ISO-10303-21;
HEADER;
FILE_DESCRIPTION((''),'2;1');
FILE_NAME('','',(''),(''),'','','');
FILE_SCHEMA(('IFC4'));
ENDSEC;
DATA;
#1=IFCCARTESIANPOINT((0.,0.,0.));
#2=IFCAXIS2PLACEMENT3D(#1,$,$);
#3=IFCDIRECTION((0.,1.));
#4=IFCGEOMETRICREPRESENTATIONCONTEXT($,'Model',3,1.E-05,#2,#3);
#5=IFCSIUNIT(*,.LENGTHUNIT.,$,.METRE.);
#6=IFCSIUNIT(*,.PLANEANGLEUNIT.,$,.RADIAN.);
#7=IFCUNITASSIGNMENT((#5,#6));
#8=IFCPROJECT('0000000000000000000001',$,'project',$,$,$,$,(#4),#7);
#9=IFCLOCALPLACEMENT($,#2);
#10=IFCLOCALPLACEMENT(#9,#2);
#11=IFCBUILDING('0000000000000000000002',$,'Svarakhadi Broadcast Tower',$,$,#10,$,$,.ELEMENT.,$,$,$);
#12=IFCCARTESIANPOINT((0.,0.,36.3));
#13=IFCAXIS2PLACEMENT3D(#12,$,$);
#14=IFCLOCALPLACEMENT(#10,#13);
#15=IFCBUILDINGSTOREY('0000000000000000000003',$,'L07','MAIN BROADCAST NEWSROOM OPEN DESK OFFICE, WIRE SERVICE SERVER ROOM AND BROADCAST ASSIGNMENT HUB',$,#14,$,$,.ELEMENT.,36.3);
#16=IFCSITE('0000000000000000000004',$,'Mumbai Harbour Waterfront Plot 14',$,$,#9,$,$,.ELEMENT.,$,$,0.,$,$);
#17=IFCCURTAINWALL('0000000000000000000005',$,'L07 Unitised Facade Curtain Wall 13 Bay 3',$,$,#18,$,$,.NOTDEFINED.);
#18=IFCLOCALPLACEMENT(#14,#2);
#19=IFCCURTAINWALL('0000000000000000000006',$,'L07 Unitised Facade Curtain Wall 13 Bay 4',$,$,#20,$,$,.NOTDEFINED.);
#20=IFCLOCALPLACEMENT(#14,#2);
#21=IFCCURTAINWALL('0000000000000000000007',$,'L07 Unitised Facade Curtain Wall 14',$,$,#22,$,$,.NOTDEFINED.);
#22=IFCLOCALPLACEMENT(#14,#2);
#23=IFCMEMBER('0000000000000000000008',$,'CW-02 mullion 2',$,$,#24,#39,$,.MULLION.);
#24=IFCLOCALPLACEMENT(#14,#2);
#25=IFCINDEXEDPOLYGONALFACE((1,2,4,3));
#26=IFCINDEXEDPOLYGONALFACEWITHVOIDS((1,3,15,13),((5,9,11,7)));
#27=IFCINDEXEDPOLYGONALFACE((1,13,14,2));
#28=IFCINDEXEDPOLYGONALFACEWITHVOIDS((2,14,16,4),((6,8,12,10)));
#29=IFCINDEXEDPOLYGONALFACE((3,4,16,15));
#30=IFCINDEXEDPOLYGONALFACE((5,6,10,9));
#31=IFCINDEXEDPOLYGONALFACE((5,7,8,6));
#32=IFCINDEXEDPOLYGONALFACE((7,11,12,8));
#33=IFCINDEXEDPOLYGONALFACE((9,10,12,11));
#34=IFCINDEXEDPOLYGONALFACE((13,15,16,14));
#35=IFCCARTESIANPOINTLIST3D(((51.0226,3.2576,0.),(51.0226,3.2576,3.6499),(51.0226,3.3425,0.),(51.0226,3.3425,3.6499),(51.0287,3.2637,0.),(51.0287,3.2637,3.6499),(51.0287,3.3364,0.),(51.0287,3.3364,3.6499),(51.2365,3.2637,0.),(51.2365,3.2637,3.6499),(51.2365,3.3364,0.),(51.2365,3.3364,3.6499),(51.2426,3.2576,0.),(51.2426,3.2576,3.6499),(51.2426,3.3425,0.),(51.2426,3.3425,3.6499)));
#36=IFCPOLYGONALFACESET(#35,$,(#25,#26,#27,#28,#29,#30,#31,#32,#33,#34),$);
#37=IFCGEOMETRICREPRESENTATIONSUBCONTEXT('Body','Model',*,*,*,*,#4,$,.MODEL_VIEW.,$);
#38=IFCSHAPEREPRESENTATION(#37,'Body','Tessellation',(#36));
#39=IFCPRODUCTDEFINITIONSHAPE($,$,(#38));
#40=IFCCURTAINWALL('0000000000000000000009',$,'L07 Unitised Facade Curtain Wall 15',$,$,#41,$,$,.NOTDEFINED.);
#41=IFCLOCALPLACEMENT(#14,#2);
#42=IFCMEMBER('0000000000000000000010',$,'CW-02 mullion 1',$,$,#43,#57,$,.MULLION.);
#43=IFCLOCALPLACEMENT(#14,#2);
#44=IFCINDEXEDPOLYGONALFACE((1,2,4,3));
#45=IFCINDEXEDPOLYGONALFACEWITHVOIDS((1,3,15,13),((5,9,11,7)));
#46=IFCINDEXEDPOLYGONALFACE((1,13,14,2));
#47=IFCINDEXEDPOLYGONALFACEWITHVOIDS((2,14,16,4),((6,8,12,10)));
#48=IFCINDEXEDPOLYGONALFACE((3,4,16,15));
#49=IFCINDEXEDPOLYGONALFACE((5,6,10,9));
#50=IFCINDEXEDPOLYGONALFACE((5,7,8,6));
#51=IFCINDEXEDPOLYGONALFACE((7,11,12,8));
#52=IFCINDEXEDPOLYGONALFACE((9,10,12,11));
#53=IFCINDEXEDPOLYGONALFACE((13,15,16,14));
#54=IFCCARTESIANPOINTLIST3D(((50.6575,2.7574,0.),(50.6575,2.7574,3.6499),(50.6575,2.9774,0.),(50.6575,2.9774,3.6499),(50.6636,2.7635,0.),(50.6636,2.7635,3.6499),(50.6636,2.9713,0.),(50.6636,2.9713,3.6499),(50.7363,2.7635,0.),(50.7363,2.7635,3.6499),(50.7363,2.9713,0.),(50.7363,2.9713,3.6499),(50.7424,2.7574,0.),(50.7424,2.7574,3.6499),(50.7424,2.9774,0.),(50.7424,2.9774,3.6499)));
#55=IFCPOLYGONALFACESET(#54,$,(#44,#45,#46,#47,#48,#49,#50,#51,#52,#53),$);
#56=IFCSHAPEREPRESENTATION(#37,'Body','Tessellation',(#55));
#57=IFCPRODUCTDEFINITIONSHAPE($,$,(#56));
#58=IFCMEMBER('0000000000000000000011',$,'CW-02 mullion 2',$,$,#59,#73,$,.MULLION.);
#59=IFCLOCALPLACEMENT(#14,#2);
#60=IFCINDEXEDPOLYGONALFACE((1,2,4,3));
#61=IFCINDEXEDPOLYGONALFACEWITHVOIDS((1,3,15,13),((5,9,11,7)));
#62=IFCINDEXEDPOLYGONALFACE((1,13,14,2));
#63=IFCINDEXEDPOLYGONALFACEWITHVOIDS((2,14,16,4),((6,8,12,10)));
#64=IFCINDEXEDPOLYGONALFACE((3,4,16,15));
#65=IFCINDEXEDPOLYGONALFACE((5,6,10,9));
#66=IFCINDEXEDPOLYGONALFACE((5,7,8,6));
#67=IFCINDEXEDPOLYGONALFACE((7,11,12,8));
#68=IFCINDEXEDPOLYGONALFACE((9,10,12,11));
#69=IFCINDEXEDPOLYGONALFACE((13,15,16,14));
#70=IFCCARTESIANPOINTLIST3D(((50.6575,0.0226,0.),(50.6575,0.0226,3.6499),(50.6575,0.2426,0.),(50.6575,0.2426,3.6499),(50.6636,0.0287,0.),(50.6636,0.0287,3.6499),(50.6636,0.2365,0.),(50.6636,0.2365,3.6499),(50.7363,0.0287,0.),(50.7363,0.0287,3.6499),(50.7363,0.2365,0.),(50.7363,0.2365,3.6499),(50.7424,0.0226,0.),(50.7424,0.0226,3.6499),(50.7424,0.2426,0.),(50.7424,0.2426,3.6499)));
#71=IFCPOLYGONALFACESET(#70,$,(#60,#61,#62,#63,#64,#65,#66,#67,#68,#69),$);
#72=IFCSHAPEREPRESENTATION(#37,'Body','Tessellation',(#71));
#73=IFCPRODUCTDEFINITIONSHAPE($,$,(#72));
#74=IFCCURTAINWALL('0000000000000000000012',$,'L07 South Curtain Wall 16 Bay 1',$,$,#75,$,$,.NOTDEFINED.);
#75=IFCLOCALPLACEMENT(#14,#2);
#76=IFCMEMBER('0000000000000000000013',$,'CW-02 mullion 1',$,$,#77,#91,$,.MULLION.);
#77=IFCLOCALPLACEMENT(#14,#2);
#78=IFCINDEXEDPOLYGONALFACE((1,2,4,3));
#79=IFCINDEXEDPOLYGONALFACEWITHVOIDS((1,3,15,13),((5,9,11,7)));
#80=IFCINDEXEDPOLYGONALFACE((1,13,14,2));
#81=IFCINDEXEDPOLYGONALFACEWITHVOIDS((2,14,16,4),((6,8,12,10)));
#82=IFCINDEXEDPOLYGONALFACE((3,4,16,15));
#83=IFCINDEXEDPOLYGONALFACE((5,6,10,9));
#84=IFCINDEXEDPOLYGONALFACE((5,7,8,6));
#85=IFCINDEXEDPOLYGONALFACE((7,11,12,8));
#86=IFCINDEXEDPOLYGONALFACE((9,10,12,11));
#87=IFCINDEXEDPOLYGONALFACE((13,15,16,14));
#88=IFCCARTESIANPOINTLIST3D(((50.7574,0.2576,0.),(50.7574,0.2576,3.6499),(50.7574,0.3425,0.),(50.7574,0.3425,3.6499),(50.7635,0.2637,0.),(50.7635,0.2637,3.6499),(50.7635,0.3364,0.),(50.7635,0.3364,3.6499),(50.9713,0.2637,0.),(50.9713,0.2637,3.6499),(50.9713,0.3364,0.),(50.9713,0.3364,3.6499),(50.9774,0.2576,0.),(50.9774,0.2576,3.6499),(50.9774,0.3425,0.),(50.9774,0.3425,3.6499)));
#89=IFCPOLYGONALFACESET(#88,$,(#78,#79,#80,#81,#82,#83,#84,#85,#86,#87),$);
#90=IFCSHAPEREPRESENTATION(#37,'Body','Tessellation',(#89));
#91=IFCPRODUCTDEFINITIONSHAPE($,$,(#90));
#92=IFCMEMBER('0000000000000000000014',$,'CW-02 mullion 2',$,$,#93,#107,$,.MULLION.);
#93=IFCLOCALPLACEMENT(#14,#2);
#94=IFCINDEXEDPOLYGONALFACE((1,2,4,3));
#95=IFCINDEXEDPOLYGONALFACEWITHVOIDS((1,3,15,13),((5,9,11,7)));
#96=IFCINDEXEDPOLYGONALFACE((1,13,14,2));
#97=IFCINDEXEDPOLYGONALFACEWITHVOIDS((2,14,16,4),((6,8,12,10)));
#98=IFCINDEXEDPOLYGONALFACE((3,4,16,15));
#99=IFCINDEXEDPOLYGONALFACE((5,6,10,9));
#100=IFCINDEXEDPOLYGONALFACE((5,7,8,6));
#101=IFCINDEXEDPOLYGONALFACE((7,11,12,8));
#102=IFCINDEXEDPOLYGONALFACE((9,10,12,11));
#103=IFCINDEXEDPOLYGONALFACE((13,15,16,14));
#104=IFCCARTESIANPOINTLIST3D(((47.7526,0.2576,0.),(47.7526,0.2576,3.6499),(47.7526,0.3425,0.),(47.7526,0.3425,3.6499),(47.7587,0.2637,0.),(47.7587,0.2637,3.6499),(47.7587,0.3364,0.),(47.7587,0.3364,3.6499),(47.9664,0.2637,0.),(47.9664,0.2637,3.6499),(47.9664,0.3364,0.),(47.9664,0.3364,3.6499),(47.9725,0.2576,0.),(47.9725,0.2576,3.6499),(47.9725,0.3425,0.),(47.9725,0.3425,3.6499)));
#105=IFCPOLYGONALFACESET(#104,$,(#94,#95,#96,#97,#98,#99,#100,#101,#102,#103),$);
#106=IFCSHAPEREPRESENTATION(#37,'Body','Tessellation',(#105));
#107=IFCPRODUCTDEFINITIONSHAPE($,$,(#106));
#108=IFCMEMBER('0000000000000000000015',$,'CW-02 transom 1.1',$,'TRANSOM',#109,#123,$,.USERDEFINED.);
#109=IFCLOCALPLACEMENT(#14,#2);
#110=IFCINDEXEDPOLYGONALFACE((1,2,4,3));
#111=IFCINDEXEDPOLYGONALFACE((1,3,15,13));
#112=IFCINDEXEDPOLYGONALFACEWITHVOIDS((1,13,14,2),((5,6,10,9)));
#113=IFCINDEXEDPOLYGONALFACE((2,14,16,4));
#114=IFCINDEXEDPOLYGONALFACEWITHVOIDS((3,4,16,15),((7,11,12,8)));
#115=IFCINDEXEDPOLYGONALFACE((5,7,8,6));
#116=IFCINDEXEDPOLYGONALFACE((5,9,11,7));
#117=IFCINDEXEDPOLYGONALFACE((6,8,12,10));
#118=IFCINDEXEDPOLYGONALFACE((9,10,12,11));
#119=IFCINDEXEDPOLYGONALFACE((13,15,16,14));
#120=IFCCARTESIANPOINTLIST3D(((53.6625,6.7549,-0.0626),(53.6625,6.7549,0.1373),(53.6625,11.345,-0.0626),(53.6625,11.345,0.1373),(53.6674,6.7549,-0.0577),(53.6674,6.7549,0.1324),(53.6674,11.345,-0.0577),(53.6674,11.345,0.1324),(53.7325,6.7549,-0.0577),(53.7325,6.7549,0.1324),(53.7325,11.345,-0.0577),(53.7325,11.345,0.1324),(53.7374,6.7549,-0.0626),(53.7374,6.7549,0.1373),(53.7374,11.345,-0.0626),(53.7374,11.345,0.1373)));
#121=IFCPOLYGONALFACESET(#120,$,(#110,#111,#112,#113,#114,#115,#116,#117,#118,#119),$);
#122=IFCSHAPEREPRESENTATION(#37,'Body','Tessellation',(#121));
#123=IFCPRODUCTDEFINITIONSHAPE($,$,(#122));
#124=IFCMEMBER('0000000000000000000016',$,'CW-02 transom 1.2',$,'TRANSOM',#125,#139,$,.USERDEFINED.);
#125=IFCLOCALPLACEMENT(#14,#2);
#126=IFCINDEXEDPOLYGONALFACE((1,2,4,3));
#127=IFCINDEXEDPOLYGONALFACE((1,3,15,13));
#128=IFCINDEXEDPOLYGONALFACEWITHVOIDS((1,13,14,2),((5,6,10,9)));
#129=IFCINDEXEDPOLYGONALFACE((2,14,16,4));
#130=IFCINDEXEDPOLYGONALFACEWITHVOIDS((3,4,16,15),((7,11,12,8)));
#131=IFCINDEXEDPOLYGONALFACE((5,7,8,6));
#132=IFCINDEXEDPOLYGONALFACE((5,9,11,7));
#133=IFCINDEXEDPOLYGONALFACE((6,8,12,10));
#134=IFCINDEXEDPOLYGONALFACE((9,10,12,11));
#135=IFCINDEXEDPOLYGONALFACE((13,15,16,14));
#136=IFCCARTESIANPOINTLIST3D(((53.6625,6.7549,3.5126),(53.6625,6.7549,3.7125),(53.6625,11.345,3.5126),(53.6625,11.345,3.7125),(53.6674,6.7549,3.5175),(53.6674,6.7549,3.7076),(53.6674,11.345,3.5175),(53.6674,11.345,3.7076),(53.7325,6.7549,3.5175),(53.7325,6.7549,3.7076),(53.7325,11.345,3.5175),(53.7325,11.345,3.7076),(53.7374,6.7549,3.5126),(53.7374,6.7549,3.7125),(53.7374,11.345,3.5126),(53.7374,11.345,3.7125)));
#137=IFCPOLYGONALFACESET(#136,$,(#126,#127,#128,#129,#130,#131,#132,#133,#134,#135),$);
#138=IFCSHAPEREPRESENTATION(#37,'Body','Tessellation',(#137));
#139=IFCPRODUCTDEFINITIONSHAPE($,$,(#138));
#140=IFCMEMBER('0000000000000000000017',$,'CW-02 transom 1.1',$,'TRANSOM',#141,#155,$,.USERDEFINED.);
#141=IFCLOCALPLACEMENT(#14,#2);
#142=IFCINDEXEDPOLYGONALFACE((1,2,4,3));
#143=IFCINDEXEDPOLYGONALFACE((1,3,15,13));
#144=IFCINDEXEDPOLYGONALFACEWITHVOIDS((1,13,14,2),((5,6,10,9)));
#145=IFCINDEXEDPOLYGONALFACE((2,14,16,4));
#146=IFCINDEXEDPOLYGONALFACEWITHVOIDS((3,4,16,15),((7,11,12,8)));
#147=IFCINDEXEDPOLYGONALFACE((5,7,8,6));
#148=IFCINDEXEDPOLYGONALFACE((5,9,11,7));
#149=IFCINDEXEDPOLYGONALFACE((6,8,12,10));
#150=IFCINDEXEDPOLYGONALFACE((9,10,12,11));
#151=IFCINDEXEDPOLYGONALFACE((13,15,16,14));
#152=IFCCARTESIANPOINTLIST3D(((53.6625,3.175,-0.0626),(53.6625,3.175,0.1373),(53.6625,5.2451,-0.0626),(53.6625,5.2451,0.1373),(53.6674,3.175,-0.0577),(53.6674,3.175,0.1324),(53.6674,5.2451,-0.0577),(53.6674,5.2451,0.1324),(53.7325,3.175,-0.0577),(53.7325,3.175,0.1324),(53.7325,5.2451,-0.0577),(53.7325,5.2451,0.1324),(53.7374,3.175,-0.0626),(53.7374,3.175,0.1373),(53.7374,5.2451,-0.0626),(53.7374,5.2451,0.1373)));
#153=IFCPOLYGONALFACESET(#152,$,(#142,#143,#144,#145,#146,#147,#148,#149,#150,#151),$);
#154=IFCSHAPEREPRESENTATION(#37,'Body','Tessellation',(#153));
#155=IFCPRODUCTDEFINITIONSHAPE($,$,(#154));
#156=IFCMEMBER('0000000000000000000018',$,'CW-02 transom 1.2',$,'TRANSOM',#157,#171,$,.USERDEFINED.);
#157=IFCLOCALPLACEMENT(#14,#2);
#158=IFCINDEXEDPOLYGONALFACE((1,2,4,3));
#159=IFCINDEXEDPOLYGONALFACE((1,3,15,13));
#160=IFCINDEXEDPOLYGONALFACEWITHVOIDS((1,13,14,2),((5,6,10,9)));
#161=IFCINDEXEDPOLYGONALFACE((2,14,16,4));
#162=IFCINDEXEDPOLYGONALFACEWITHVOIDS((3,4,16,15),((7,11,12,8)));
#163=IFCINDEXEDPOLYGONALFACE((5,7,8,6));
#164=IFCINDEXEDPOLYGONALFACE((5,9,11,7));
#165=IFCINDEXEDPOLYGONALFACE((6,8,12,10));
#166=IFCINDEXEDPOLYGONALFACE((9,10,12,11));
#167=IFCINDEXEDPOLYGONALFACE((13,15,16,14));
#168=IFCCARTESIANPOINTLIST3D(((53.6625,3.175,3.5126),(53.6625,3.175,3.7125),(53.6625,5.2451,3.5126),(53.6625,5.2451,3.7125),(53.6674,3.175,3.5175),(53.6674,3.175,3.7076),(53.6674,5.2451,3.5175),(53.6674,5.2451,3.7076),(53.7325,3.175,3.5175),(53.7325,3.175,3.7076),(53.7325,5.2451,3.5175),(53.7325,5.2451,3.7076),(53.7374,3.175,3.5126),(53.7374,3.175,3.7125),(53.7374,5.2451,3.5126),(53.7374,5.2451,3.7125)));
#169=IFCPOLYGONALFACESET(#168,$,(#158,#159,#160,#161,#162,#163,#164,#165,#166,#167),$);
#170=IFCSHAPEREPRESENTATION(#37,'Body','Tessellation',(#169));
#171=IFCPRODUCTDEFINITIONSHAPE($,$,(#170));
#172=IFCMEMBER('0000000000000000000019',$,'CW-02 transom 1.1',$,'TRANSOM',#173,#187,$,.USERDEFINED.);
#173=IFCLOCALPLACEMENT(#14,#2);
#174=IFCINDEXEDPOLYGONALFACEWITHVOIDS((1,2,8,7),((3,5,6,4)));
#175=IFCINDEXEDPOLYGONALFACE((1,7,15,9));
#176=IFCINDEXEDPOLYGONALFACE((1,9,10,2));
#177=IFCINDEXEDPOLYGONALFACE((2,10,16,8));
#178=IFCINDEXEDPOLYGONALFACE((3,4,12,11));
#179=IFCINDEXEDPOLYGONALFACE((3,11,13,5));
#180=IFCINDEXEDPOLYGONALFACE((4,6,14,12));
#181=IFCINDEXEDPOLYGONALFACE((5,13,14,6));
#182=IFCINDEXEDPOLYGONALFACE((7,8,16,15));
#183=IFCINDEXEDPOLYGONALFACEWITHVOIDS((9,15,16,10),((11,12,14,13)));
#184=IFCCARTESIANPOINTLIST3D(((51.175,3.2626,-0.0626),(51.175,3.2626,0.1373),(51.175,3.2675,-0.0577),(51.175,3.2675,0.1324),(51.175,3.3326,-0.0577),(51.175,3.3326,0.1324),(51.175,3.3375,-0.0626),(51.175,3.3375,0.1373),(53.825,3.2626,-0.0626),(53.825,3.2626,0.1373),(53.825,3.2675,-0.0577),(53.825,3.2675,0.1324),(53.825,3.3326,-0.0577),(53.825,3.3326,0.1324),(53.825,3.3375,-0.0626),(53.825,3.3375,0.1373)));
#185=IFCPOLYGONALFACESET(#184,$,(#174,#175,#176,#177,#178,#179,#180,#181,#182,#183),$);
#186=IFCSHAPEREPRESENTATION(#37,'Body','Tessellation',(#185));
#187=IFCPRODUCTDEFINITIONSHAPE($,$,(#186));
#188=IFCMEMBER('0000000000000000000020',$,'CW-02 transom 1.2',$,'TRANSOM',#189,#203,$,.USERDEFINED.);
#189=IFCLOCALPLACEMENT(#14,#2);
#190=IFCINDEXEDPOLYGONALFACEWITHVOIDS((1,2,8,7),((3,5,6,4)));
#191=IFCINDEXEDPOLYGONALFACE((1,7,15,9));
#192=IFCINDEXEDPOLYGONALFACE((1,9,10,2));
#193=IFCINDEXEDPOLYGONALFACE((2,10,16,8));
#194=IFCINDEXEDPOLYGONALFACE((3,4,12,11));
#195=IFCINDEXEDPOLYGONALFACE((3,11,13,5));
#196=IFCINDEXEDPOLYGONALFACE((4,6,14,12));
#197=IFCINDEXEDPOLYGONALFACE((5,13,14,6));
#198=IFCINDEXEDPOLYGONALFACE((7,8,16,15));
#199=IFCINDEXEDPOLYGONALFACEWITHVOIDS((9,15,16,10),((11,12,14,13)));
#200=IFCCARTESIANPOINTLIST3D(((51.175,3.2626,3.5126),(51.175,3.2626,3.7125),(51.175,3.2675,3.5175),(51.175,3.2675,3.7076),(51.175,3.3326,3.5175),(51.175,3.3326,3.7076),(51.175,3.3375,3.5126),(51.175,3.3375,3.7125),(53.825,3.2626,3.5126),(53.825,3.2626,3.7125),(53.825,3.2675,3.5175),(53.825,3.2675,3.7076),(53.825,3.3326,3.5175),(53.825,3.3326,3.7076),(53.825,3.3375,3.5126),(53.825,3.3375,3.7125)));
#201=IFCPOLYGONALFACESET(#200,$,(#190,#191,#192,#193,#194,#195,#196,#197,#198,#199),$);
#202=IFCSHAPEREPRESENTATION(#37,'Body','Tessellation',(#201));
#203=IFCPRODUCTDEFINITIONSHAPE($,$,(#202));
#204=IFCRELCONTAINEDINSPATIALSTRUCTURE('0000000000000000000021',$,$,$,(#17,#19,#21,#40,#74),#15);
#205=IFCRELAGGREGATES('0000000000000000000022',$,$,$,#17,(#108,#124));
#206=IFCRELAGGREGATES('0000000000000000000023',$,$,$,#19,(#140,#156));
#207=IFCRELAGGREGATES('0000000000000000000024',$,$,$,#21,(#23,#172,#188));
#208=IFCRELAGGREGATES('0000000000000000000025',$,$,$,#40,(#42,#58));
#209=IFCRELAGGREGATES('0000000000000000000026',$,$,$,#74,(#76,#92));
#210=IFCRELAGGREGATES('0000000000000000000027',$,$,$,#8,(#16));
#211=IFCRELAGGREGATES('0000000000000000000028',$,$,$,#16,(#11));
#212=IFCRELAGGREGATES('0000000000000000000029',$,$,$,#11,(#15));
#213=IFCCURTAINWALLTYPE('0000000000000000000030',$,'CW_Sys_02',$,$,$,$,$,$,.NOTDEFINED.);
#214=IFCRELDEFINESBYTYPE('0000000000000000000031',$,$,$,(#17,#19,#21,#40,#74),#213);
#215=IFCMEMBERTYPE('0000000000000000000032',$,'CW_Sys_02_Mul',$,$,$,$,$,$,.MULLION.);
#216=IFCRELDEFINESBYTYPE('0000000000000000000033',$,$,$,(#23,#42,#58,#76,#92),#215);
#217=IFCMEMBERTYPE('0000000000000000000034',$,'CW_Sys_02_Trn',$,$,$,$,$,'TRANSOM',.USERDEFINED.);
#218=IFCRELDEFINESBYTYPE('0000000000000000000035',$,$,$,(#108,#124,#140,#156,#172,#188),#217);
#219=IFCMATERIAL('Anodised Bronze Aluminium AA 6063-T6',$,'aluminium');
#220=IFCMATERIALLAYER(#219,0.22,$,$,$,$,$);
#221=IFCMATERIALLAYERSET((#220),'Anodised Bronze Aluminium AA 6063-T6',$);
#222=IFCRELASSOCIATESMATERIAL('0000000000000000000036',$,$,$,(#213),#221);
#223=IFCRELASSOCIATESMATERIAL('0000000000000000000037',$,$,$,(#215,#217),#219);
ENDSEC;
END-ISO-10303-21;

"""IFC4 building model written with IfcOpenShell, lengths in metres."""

from ifc_helpers import new_model, si_unit, direction, frame, origin, origin_2d, place, context, subcontext, project, spatial, hollow_rectangle, extrude, material, layer, layer_set, material_profile, profile_set, type_object, element, aggregate, save


model = new_model("IFC4")

# Units and contexts
model_context = context("Model", 3, precision=1e-05, world=origin(), true_north=direction((0.0, 1.0)))
body_context = subcontext(model_context, "Body", "Model", "MODEL_VIEW")
ifc_project = project(units=[si_unit("LENGTHUNIT", "METRE"), si_unit("PLANEANGLEUNIT", "RADIAN")], contexts=[model_context])

# Site, building, storey
site_placement = place(None, origin())
site = spatial("IfcSite", under=ifc_project, at=site_placement, Name="Mumbai Harbour Waterfront Plot 14", CompositionType="ELEMENT", RefElevation=0.0)
building_placement = place(site_placement, origin())
building = spatial("IfcBuilding", under=site, at=building_placement, Name="Svarakhadi Broadcast Tower", CompositionType="ELEMENT")
storey_placement = place(building_placement, frame((0.0, 0.0, 36.3)))
storey = spatial("IfcBuildingStorey", under=building, at=storey_placement, Name="L07", Description="MAIN BROADCAST NEWSROOM OPEN DESK OFFICE, WIRE SERVICE SERVER ROOM AND BROADCAST ASSIGNMENT HUB", CompositionType="ELEMENT", Elevation=36.3)

# Curtain walls, members
ifc_material_1 = material(Name="Anodised Bronze Aluminium AA 6063-T6", Category="aluminium")
ifc_layer_1 = layer(ifc_material_1, 0.22)
ifc_layer_set_1 = layer_set([ifc_layer_1], Name="Anodised Bronze Aluminium AA 6063-T6")
curtain_wall_type = type_object("IfcCurtainWallType", Name="CW_Sys_02", PredefinedType="NOTDEFINED", material=ifc_layer_set_1)
curtain_wall_1_placement = place(storey_placement, origin())
curtain_wall_1 = element("IfcCurtainWall", 1, at=curtain_wall_1_placement, inside=storey, type_object=curtain_wall_type, Name="L07 Unitised Facade Curtain Wall 13 Bay 3", PredefinedType="NOTDEFINED")
ifc_material_profile_1 = material_profile(ifc_material_1, hollow_rectangle(XDim=0.085, YDim=0.22, WallThickness=0.0061, at=origin_2d()), Name="ALU MULLION 220x85x6")
ifc_profile_set_1 = profile_set([ifc_material_profile_1], Name="Anodised Bronze Aluminium AA 6063-T6")
member_type_1 = type_object("IfcMemberType", Name="CW_Sys_02_Mul", PredefinedType="MULLION", material=ifc_profile_set_1)
curtain_wall_2_placement = place(storey_placement, origin())
curtain_wall_2 = element("IfcCurtainWall", 2, at=curtain_wall_2_placement, inside=storey, type_object=curtain_wall_type, Name="L07 Unitised Facade Curtain Wall 13 Bay 4", PredefinedType="NOTDEFINED")
curtain_wall_3_placement = place(storey_placement, origin())
curtain_wall_3 = element("IfcCurtainWall", 3, at=curtain_wall_3_placement, inside=storey, type_object=curtain_wall_type, Name="L07 Unitised Facade Curtain Wall 14", PredefinedType="NOTDEFINED")
member_1_placement = place(storey_placement, frame((51.1326, 3.3, 0.0), z_axis=(0.0, 0.0, 1.0), x_axis=(0.0, -1.0, 0.0)))
member_1 = element("IfcMember", 4, at=member_1_placement, type_object=member_type_1, Name="CW-02 mullion 2", PredefinedType="MULLION", context=body_context, shape_type="SweptSolid", body=[
    extrude(hollow_rectangle(XDim=0.085, YDim=0.22, WallThickness=0.0061, at=origin_2d()), origin(), (0.0, 0.0, 1.0), 3.6499),
])
curtain_wall_4_placement = place(storey_placement, origin())
curtain_wall_4 = element("IfcCurtainWall", 5, at=curtain_wall_4_placement, inside=storey, type_object=curtain_wall_type, Name="L07 Unitised Facade Curtain Wall 15", PredefinedType="NOTDEFINED")
member_2_placement = place(storey_placement, frame((50.7, 2.8674, 0.0), z_axis=(0.0, 0.0, 1.0), x_axis=(1.0, 0.0, 0.0)))
member_2 = element("IfcMember", 6, at=member_2_placement, type_object=member_type_1, Name="CW-02 mullion 1", PredefinedType="MULLION", context=body_context, shape_type="SweptSolid", body=[
    extrude(hollow_rectangle(XDim=0.085, YDim=0.22, WallThickness=0.0061, at=origin_2d()), origin(), (0.0, 0.0, 1.0), 3.6499),
])
member_3_placement = place(storey_placement, frame((50.7, 0.1326, 0.0), z_axis=(0.0, 0.0, 1.0), x_axis=(1.0, 0.0, 0.0)))
member_3 = element("IfcMember", 7, at=member_3_placement, type_object=member_type_1, Name="CW-02 mullion 2", PredefinedType="MULLION", context=body_context, shape_type="SweptSolid", body=[
    extrude(hollow_rectangle(XDim=0.085, YDim=0.22, WallThickness=0.0061, at=origin_2d()), origin(), (0.0, 0.0, 1.0), 3.6499),
])
curtain_wall_5_placement = place(storey_placement, origin())
curtain_wall_5 = element("IfcCurtainWall", 8, at=curtain_wall_5_placement, inside=storey, type_object=curtain_wall_type, Name="L07 South Curtain Wall 16 Bay 1", PredefinedType="NOTDEFINED")
member_4_placement = place(storey_placement, frame((50.8674, 0.3, 0.0), z_axis=(0.0, 0.0, 1.0), x_axis=(0.0, -1.0, 0.0)))
member_4 = element("IfcMember", 9, at=member_4_placement, type_object=member_type_1, Name="CW-02 mullion 1", PredefinedType="MULLION", context=body_context, shape_type="SweptSolid", body=[
    extrude(hollow_rectangle(XDim=0.085, YDim=0.22, WallThickness=0.0061, at=origin_2d()), origin(), (0.0, 0.0, 1.0), 3.6499),
])
member_5_placement = place(storey_placement, frame((47.8625, 0.3, 0.0), z_axis=(0.0, 0.0, 1.0), x_axis=(0.0, -1.0, 0.0)))
member_5 = element("IfcMember", 10, at=member_5_placement, type_object=member_type_1, Name="CW-02 mullion 2", PredefinedType="MULLION", context=body_context, shape_type="SweptSolid", body=[
    extrude(hollow_rectangle(XDim=0.085, YDim=0.22, WallThickness=0.0061, at=origin_2d()), origin(), (0.0, 0.0, 1.0), 3.6499),
])

# Members
ifc_material_profile_2 = material_profile(ifc_material_1, hollow_rectangle(XDim=0.075, YDim=0.2, WallThickness=0.0049, at=origin_2d()), Name="ALU TRANSOM 200x75x5")
ifc_profile_set_2 = profile_set([ifc_material_profile_2], Name="Anodised Bronze Aluminium AA 6063-T6")
member_type_2 = type_object("IfcMemberType", Name="CW_Sys_02_Trn", ElementType="TRANSOM", PredefinedType="USERDEFINED", material=ifc_profile_set_2)
member_6_placement = place(storey_placement, frame((53.7, 11.345, 0.0374), z_axis=(0.0, -1.0, 0.0), x_axis=(1.0, 0.0, 0.0)))
member_6 = element("IfcMember", 11, at=member_6_placement, type_object=member_type_2, Name="CW-02 transom 1.1", ObjectType="TRANSOM", PredefinedType="USERDEFINED", context=body_context, shape_type="SweptSolid", body=[
    extrude(hollow_rectangle(XDim=0.075, YDim=0.2, WallThickness=0.0049, at=origin_2d()), origin(), (0.0, 0.0, 1.0), 4.5901),
])
member_7_placement = place(storey_placement, frame((53.7, 11.345, 3.6125), z_axis=(0.0, -1.0, 0.0), x_axis=(1.0, 0.0, 0.0)))
member_7 = element("IfcMember", 12, at=member_7_placement, type_object=member_type_2, Name="CW-02 transom 1.2", ObjectType="TRANSOM", PredefinedType="USERDEFINED", context=body_context, shape_type="SweptSolid", body=[
    extrude(hollow_rectangle(XDim=0.075, YDim=0.2, WallThickness=0.0049, at=origin_2d()), origin(), (0.0, 0.0, 1.0), 4.5901),
])
member_8_placement = place(storey_placement, frame((53.7, 5.2451, 0.0374), z_axis=(0.0, -1.0, 0.0), x_axis=(1.0, 0.0, 0.0)))
member_8 = element("IfcMember", 13, at=member_8_placement, type_object=member_type_2, Name="CW-02 transom 1.1", ObjectType="TRANSOM", PredefinedType="USERDEFINED", context=body_context, shape_type="SweptSolid", body=[
    extrude(hollow_rectangle(XDim=0.075, YDim=0.2, WallThickness=0.0049, at=origin_2d()), origin(), (0.0, 0.0, 1.0), 2.0701),
])
member_9_placement = place(storey_placement, frame((53.7, 5.2451, 3.6125), z_axis=(0.0, -1.0, 0.0), x_axis=(1.0, 0.0, 0.0)))
member_9 = element("IfcMember", 14, at=member_9_placement, type_object=member_type_2, Name="CW-02 transom 1.2", ObjectType="TRANSOM", PredefinedType="USERDEFINED", context=body_context, shape_type="SweptSolid", body=[
    extrude(hollow_rectangle(XDim=0.075, YDim=0.2, WallThickness=0.0049, at=origin_2d()), origin(), (0.0, 0.0, 1.0), 2.0701),
])
member_10_placement = place(storey_placement, frame((53.825, 3.3, 0.0374), z_axis=(-1.0, 0.0, 0.0), x_axis=(0.0, -1.0, 0.0)))
member_10 = element("IfcMember", 15, at=member_10_placement, type_object=member_type_2, Name="CW-02 transom 1.1", ObjectType="TRANSOM", PredefinedType="USERDEFINED", context=body_context, shape_type="SweptSolid", body=[
    extrude(hollow_rectangle(XDim=0.075, YDim=0.2, WallThickness=0.0049, at=origin_2d()), origin(), (0.0, 0.0, 1.0), 2.6499),
])
member_11_placement = place(storey_placement, frame((53.825, 3.3, 3.6125), z_axis=(-1.0, 0.0, 0.0), x_axis=(0.0, -1.0, 0.0)))
member_11 = element("IfcMember", 16, at=member_11_placement, type_object=member_type_2, Name="CW-02 transom 1.2", ObjectType="TRANSOM", PredefinedType="USERDEFINED", context=body_context, shape_type="SweptSolid", body=[
    extrude(hollow_rectangle(XDim=0.075, YDim=0.2, WallThickness=0.0049, at=origin_2d()), origin(), (0.0, 0.0, 1.0), 2.6499),
])

aggregate(curtain_wall_1, [member_6, member_7])
aggregate(curtain_wall_2, [member_8, member_9])
aggregate(curtain_wall_3, [member_1, member_10, member_11])
aggregate(curtain_wall_4, [member_2, member_3])
aggregate(curtain_wall_5, [member_4, member_5])

save(model, "model.ifc")
